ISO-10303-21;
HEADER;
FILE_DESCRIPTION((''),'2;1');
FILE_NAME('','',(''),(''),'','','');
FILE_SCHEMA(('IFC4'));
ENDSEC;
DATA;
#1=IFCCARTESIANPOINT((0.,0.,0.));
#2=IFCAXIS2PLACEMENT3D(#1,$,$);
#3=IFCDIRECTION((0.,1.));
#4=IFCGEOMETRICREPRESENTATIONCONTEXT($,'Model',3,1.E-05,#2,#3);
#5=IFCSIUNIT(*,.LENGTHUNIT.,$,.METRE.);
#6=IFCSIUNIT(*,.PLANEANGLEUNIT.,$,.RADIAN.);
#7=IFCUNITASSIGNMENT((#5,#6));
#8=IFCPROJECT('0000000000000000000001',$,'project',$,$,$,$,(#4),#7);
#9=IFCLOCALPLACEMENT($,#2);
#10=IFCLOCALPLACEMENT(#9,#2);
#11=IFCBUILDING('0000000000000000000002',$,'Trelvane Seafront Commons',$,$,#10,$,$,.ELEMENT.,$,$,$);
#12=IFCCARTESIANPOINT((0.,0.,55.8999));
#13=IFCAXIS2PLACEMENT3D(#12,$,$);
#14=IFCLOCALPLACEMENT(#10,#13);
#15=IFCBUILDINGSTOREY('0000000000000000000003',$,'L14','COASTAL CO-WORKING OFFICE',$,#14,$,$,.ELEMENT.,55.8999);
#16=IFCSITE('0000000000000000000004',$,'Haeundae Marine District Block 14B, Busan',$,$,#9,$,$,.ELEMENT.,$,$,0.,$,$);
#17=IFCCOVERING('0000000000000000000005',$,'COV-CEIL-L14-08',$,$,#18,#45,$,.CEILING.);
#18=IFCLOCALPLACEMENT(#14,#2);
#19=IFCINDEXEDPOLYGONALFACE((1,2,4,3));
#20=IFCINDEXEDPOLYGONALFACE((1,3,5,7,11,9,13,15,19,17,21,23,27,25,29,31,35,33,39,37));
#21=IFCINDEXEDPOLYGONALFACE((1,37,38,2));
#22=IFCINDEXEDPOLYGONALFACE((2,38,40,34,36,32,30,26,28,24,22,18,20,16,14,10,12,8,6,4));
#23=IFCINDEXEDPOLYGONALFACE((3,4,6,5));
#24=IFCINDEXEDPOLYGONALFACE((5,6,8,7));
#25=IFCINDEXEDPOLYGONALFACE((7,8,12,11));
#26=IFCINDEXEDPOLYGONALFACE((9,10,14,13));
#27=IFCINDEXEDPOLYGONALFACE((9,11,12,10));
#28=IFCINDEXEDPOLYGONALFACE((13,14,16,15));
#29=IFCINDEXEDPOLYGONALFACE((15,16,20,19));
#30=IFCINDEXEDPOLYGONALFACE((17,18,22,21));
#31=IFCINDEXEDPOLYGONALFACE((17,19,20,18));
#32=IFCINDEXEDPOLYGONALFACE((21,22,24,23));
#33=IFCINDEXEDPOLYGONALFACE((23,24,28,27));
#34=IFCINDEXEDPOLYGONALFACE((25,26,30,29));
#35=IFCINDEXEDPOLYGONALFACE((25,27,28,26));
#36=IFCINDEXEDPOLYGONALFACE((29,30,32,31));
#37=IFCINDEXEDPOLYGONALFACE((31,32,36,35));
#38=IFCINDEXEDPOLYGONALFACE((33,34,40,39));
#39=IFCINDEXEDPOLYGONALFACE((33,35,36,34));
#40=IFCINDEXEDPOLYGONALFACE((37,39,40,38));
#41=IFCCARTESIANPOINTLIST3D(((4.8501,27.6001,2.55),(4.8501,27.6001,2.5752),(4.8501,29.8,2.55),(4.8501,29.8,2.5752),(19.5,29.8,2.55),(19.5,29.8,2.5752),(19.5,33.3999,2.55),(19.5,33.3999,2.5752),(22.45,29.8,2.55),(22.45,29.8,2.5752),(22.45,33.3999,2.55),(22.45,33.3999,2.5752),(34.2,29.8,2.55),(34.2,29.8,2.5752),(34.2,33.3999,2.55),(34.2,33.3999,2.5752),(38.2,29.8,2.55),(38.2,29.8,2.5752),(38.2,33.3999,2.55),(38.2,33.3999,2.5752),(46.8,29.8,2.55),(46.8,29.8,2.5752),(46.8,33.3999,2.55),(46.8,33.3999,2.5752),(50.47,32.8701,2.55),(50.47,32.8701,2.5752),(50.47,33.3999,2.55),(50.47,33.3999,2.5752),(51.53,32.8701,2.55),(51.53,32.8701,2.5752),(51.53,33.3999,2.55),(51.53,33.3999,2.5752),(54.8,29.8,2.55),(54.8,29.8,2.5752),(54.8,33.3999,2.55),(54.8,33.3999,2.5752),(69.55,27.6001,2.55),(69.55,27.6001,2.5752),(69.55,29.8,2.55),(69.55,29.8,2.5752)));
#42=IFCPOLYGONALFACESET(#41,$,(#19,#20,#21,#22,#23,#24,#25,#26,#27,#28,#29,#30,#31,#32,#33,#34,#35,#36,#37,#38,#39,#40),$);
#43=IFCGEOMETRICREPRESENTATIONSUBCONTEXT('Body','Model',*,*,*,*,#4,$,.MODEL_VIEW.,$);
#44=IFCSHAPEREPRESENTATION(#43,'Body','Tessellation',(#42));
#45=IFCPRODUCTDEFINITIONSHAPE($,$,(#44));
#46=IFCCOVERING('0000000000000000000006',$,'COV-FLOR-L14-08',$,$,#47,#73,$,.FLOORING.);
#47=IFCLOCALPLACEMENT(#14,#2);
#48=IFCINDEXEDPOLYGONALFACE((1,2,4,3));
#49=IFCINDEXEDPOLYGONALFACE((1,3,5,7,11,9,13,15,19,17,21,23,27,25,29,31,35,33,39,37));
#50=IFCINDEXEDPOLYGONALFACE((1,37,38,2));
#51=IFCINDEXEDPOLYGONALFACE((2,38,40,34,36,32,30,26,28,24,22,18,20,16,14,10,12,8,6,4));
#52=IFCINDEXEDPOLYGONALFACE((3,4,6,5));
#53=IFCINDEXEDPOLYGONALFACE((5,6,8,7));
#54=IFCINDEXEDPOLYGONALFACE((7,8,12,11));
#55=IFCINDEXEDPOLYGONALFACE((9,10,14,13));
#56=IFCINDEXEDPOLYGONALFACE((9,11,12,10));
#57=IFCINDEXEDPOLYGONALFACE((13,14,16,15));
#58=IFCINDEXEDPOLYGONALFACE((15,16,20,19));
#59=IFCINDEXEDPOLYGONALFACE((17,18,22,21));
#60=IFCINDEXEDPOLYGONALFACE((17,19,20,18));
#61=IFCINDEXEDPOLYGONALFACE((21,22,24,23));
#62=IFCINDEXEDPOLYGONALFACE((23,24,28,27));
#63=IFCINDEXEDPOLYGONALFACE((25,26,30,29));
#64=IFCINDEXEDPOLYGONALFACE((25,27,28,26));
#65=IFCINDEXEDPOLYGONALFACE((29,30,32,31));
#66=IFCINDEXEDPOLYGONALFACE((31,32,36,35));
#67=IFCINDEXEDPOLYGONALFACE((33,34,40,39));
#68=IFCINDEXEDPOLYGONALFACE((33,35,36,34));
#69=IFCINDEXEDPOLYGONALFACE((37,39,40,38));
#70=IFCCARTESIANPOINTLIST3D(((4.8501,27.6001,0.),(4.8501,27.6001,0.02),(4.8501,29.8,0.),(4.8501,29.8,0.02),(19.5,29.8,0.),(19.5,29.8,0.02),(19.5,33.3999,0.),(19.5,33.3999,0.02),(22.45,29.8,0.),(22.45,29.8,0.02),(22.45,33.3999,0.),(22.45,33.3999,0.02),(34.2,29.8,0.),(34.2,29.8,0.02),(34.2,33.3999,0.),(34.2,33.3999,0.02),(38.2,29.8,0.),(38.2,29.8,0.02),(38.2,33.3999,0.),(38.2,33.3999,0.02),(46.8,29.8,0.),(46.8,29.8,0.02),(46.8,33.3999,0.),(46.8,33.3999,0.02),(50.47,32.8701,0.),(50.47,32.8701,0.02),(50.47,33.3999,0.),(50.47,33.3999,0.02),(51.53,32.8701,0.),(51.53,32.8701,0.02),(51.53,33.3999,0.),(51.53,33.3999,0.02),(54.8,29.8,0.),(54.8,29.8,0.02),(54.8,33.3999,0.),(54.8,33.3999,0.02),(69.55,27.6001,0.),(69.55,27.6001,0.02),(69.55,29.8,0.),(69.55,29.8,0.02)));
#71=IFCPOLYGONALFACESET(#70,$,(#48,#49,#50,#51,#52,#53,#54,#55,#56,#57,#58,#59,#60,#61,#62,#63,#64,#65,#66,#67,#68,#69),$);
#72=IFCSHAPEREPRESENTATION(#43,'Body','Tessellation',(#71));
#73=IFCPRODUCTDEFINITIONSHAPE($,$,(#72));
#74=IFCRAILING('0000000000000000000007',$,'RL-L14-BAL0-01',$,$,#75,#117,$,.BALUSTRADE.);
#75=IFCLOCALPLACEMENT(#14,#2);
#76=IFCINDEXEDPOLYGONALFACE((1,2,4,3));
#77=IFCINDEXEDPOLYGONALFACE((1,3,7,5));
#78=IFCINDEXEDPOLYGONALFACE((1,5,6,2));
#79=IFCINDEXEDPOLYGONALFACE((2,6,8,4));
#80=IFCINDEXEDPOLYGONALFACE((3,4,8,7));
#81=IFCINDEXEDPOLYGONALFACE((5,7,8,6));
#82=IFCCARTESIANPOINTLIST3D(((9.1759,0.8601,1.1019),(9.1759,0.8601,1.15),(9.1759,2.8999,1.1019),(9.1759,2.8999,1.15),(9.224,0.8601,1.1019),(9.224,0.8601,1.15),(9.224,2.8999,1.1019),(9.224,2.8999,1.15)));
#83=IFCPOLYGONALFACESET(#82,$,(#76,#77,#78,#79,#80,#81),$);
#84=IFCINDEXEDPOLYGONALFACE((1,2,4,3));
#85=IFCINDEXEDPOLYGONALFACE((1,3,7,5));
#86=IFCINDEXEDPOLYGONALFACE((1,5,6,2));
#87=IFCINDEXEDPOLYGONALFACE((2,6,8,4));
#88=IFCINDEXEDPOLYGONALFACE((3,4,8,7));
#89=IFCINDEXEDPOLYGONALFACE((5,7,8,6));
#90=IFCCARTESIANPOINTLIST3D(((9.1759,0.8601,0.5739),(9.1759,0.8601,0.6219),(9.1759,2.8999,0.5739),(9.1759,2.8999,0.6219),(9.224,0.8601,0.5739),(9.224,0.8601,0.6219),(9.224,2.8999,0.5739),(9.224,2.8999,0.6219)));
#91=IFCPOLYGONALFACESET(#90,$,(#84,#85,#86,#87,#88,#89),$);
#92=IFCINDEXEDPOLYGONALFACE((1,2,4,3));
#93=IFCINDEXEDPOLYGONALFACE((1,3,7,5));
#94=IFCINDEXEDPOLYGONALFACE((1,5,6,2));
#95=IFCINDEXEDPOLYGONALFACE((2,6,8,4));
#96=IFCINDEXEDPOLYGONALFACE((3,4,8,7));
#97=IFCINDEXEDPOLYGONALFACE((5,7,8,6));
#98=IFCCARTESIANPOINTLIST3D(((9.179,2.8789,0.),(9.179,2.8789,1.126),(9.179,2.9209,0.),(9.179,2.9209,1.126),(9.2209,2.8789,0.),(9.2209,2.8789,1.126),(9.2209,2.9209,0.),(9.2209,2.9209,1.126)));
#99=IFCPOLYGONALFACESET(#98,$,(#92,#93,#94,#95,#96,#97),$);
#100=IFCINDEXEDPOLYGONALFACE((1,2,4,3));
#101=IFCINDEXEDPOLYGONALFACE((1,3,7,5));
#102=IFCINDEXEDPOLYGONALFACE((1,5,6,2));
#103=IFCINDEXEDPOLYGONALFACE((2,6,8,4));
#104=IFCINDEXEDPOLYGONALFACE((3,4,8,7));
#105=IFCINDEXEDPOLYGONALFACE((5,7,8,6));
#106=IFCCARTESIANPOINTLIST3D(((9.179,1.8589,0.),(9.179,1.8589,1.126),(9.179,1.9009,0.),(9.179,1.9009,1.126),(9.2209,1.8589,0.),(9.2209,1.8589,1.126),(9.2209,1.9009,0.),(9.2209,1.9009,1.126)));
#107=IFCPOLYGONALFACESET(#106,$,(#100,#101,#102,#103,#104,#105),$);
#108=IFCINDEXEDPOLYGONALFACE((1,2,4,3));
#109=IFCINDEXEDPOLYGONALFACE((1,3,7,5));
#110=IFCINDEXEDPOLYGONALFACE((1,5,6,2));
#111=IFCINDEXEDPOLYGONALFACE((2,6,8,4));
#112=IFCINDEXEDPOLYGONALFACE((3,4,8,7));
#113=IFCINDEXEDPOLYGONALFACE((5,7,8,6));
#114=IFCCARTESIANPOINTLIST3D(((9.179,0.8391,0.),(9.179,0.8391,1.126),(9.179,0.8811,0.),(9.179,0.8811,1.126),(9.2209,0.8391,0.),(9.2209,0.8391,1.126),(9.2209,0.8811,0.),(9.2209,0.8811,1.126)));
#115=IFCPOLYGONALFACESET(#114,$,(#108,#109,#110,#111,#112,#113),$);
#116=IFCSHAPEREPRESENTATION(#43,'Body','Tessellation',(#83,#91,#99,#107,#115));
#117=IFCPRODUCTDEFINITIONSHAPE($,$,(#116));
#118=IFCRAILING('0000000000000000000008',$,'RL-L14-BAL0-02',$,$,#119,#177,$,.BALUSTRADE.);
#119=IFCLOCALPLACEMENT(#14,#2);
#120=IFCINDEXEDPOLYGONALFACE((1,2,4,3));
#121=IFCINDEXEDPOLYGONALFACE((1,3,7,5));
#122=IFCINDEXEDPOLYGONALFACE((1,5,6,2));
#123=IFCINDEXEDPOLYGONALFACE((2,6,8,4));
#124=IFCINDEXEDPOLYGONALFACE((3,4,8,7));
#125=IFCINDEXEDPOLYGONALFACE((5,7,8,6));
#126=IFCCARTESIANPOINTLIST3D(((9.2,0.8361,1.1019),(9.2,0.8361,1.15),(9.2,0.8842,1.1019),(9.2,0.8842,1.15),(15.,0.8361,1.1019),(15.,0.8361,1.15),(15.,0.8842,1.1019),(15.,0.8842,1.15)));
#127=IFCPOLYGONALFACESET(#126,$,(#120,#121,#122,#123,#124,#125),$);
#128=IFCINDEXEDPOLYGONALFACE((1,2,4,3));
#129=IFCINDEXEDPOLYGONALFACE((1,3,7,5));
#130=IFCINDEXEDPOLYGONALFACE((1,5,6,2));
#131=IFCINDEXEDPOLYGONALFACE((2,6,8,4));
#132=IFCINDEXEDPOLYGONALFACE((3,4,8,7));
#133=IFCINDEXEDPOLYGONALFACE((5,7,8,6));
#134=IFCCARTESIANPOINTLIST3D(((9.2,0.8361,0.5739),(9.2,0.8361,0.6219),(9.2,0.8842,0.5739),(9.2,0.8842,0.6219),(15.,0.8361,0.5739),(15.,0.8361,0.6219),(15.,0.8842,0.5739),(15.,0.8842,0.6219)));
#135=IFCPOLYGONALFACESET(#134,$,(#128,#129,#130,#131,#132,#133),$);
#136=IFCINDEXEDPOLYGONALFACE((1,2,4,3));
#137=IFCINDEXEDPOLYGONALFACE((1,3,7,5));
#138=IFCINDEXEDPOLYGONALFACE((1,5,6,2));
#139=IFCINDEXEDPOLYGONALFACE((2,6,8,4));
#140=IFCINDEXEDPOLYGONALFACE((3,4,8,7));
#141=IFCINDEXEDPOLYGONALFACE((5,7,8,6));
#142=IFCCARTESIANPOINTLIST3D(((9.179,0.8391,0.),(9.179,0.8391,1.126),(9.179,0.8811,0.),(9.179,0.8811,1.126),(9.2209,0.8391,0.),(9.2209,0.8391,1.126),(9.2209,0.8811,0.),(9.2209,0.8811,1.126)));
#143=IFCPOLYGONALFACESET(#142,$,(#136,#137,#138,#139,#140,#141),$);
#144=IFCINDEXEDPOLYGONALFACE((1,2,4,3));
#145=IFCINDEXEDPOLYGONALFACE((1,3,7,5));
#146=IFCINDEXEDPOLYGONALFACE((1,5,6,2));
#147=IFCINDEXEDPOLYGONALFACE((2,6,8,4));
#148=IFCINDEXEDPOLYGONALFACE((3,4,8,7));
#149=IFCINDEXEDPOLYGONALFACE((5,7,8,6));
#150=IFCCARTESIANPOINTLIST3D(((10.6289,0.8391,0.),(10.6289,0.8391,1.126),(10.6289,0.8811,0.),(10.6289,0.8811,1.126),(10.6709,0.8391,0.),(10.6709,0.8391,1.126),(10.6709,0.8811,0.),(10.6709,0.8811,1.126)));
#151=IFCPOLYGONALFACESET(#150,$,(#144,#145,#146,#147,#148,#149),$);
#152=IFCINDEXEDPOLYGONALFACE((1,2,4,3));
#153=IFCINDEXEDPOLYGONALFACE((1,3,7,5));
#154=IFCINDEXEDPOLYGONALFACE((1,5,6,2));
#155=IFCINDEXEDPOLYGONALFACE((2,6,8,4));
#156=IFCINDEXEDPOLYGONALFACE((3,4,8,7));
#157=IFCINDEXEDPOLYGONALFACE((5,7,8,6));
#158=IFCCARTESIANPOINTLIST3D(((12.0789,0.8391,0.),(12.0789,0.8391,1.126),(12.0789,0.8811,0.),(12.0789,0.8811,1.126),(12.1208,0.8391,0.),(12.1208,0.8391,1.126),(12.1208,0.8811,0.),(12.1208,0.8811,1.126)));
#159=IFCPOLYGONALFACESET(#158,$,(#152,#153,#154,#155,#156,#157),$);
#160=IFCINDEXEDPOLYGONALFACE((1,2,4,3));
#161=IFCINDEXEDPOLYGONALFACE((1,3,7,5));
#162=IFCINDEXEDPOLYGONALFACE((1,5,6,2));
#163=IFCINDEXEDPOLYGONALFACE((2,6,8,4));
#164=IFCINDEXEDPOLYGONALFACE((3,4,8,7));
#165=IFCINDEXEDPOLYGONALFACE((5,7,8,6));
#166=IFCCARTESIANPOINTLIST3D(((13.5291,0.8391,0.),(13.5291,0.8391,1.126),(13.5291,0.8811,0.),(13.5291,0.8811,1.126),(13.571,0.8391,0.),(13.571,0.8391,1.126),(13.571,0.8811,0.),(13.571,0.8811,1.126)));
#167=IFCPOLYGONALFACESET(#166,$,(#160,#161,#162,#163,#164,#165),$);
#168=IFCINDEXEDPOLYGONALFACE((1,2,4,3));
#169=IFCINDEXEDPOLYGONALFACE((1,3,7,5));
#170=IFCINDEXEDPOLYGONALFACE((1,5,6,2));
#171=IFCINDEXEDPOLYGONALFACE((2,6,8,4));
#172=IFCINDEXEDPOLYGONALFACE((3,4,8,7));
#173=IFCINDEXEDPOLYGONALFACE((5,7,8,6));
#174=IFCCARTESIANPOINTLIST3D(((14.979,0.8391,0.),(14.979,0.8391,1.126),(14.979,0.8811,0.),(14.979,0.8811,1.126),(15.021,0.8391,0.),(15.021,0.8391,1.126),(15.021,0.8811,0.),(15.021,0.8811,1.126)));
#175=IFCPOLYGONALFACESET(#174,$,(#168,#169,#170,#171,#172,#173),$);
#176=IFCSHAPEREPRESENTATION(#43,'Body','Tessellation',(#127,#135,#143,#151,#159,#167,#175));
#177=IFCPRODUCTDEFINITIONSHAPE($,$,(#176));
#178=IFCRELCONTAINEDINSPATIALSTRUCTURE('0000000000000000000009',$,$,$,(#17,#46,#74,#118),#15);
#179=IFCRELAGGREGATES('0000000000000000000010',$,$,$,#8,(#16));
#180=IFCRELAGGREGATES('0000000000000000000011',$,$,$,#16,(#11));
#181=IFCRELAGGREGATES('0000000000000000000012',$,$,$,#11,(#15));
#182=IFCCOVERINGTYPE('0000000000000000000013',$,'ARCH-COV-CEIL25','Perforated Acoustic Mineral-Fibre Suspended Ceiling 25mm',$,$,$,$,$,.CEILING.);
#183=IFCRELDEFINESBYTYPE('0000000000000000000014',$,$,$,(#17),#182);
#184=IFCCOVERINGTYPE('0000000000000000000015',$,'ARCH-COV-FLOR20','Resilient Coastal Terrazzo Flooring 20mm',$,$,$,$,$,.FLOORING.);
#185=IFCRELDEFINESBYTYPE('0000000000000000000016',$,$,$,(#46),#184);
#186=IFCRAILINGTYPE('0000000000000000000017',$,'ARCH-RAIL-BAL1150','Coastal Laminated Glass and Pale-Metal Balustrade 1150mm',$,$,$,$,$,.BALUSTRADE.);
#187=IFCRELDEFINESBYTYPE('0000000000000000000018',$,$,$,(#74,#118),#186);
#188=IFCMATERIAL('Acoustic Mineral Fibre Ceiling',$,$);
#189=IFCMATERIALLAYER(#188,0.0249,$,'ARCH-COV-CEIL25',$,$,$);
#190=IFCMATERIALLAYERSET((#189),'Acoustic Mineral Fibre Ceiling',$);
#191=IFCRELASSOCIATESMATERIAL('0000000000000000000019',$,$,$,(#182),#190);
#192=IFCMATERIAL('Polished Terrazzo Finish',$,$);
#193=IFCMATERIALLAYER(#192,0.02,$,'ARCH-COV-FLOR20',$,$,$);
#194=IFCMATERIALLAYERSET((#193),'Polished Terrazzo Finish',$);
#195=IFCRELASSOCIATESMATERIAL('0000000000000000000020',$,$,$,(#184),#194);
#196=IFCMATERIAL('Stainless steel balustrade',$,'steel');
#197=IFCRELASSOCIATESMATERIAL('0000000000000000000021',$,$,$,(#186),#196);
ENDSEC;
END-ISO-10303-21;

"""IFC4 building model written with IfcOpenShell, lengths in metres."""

from ifc_helpers import new_model, si_unit, direction, frame, origin, origin_2d, place, context, subcontext, project, spatial, polyline, rectangle, outline, extrude, material, layer, layer_set, type_object, element, save


model = new_model("IFC4")

# Units and contexts
model_context = context("Model", 3, precision=1e-05, world=origin(), true_north=direction((0.0, 1.0)))
body_context = subcontext(model_context, "Body", "Model", "MODEL_VIEW")
ifc_project = project(units=[si_unit("LENGTHUNIT", "METRE"), si_unit("PLANEANGLEUNIT", "RADIAN")], contexts=[model_context])

# Site, building, storey
site_placement = place(None, origin())
site = spatial("IfcSite", under=ifc_project, at=site_placement, Name="Haeundae Marine District Block 14B, Busan", CompositionType="ELEMENT", RefElevation=0.0)
building_placement = place(site_placement, origin())
building = spatial("IfcBuilding", under=site, at=building_placement, Name="Trelvane Seafront Commons", CompositionType="ELEMENT")
storey_placement = place(building_placement, frame((0.0, 0.0, 55.8999)))
storey = spatial("IfcBuildingStorey", under=building, at=storey_placement, Name="L14", Description="COASTAL CO-WORKING OFFICE", CompositionType="ELEMENT", Elevation=55.8999)

# Coverings
ifc_material_1 = material(Name="Acoustic Mineral Fibre Ceiling")
ifc_layer_1 = layer(ifc_material_1, 0.0249, Name="ARCH-COV-CEIL25")
ifc_layer_set_1 = layer_set([ifc_layer_1], Name="Acoustic Mineral Fibre Ceiling")
covering_type_1 = type_object("IfcCoveringType", Name="ARCH-COV-CEIL25", Description="Perforated Acoustic Mineral-Fibre Suspended Ceiling 25mm", PredefinedType="CEILING", material=ifc_layer_set_1)
covering_1_placement = place(storey_placement, frame((0.0, 0.0, 2.55)))
element("IfcCovering", 1, at=covering_1_placement, inside=storey, type_object=covering_type_1, Name="COV-CEIL-L14-08", PredefinedType="CEILING", context=body_context, shape_type="SweptSolid", body=[
    extrude(outline(polyline([(51.53, 33.3999), (51.53, 32.8701), (50.47, 32.8701), (50.47, 33.3999), (46.8, 33.3999), (46.8, 29.8), (38.2, 29.8), (38.2, 33.3999), (34.2, 33.3999), (34.2, 29.8), (22.45, 29.8), (22.45, 33.3999), (19.5, 33.3999), (19.5, 29.8), (4.8501, 29.8), (4.8501, 27.6001), (69.55, 27.6001), (69.55, 29.8), (54.8, 29.8), (54.8, 33.3999), (51.53, 33.3999)])), origin(), (0.0, 0.0, 1.0), 0.0251),
])
ifc_material_2 = material(Name="Polished Terrazzo Finish")
ifc_layer_2 = layer(ifc_material_2, 0.02, Name="ARCH-COV-FLOR20")
ifc_layer_set_2 = layer_set([ifc_layer_2], Name="Polished Terrazzo Finish")
covering_type_2 = type_object("IfcCoveringType", Name="ARCH-COV-FLOR20", Description="Resilient Coastal Terrazzo Flooring 20mm", PredefinedType="FLOORING", material=ifc_layer_set_2)
covering_2_placement = place(storey_placement, origin())
element("IfcCovering", 2, at=covering_2_placement, inside=storey, type_object=covering_type_2, Name="COV-FLOR-L14-08", PredefinedType="FLOORING", context=body_context, shape_type="SweptSolid", body=[
    extrude(outline(polyline([(51.53, 33.3999), (51.53, 32.8701), (50.47, 32.8701), (50.47, 33.3999), (46.8, 33.3999), (46.8, 29.8), (38.2, 29.8), (38.2, 33.3999), (34.2, 33.3999), (34.2, 29.8), (22.45, 29.8), (22.45, 33.3999), (19.5, 33.3999), (19.5, 29.8), (4.8501, 29.8), (4.8501, 27.6001), (69.55, 27.6001), (69.55, 29.8), (54.8, 29.8), (54.8, 33.3999), (51.53, 33.3999)])), origin(), (0.0, 0.0, 1.0), 0.02),
])

# Railings
ifc_material_3 = material(Name="Stainless steel balustrade", Category="steel")
railing_type = type_object("IfcRailingType", Name="ARCH-RAIL-BAL1150", Description="Coastal Laminated Glass and Pale-Metal Balustrade 1150mm", PredefinedType="BALUSTRADE", material=ifc_material_3)
railing_1_placement = place(storey_placement, frame((9.2, 2.8999, 0.0)))
element("IfcRailing", 3, at=railing_1_placement, inside=storey, type_object=railing_type, Name="RL-L14-BAL0-01", PredefinedType="BALUSTRADE", context=body_context, shape_type="SweptSolid", body=[
    extrude(rectangle(XDim=0.0481, YDim=0.0481, at=origin_2d()), frame((0.0, 0.0, 1.126), z_axis=(0.0, -1.0, 0.0), x_axis=(1.0, 0.0, 0.0)), (0.0, 0.0, 1.0), 2.0398),
    extrude(rectangle(XDim=0.0481, YDim=0.0481, at=origin_2d()), frame((0.0, 0.0, 0.5979), z_axis=(0.0, -1.0, 0.0), x_axis=(1.0, 0.0, 0.0)), (0.0, 0.0, 1.0), 2.0398),
    extrude(rectangle(XDim=0.042, YDim=0.042, at=origin_2d()), origin(), (0.0, 0.0, 1.0), 1.126),
    extrude(rectangle(XDim=0.042, YDim=0.042, at=origin_2d()), frame((0.0, -1.02, 0.0)), (0.0, 0.0, 1.0), 1.126),
    extrude(rectangle(XDim=0.042, YDim=0.042, at=origin_2d()), frame((0.0, -2.0398, 0.0)), (0.0, 0.0, 1.0), 1.126),
])
railing_2_placement = place(storey_placement, frame((9.2, 0.8601, 0.0)))
element("IfcRailing", 4, at=railing_2_placement, inside=storey, type_object=railing_type, Name="RL-L14-BAL0-02", PredefinedType="BALUSTRADE", context=body_context, shape_type="SweptSolid", body=[
    extrude(rectangle(XDim=0.0481, YDim=0.0481, at=origin_2d()), frame((0.0, 0.0, 1.126), z_axis=(1.0, 0.0, 0.0), x_axis=(0.0, 1.0, 0.0)), (0.0, 0.0, 1.0), 5.8),
    extrude(rectangle(XDim=0.0481, YDim=0.0481, at=origin_2d()), frame((0.0, 0.0, 0.5979), z_axis=(1.0, 0.0, 0.0), x_axis=(0.0, 1.0, 0.0)), (0.0, 0.0, 1.0), 5.8),
    extrude(rectangle(XDim=0.042, YDim=0.042, at=origin_2d()), origin(), (0.0, 0.0, 1.0), 1.126),
    extrude(rectangle(XDim=0.042, YDim=0.042, at=origin_2d()), frame((1.45, 0.0, 0.0)), (0.0, 0.0, 1.0), 1.126),
    extrude(rectangle(XDim=0.042, YDim=0.042, at=origin_2d()), frame((2.8999, 0.0, 0.0)), (0.0, 0.0, 1.0), 1.126),
    extrude(rectangle(XDim=0.042, YDim=0.042, at=origin_2d()), frame((4.3501, 0.0, 0.0)), (0.0, 0.0, 1.0), 1.126),
    extrude(rectangle(XDim=0.042, YDim=0.042, at=origin_2d()), frame((5.8, 0.0, 0.0)), (0.0, 0.0, 1.0), 1.126),
])

save(model, "model.ifc")
